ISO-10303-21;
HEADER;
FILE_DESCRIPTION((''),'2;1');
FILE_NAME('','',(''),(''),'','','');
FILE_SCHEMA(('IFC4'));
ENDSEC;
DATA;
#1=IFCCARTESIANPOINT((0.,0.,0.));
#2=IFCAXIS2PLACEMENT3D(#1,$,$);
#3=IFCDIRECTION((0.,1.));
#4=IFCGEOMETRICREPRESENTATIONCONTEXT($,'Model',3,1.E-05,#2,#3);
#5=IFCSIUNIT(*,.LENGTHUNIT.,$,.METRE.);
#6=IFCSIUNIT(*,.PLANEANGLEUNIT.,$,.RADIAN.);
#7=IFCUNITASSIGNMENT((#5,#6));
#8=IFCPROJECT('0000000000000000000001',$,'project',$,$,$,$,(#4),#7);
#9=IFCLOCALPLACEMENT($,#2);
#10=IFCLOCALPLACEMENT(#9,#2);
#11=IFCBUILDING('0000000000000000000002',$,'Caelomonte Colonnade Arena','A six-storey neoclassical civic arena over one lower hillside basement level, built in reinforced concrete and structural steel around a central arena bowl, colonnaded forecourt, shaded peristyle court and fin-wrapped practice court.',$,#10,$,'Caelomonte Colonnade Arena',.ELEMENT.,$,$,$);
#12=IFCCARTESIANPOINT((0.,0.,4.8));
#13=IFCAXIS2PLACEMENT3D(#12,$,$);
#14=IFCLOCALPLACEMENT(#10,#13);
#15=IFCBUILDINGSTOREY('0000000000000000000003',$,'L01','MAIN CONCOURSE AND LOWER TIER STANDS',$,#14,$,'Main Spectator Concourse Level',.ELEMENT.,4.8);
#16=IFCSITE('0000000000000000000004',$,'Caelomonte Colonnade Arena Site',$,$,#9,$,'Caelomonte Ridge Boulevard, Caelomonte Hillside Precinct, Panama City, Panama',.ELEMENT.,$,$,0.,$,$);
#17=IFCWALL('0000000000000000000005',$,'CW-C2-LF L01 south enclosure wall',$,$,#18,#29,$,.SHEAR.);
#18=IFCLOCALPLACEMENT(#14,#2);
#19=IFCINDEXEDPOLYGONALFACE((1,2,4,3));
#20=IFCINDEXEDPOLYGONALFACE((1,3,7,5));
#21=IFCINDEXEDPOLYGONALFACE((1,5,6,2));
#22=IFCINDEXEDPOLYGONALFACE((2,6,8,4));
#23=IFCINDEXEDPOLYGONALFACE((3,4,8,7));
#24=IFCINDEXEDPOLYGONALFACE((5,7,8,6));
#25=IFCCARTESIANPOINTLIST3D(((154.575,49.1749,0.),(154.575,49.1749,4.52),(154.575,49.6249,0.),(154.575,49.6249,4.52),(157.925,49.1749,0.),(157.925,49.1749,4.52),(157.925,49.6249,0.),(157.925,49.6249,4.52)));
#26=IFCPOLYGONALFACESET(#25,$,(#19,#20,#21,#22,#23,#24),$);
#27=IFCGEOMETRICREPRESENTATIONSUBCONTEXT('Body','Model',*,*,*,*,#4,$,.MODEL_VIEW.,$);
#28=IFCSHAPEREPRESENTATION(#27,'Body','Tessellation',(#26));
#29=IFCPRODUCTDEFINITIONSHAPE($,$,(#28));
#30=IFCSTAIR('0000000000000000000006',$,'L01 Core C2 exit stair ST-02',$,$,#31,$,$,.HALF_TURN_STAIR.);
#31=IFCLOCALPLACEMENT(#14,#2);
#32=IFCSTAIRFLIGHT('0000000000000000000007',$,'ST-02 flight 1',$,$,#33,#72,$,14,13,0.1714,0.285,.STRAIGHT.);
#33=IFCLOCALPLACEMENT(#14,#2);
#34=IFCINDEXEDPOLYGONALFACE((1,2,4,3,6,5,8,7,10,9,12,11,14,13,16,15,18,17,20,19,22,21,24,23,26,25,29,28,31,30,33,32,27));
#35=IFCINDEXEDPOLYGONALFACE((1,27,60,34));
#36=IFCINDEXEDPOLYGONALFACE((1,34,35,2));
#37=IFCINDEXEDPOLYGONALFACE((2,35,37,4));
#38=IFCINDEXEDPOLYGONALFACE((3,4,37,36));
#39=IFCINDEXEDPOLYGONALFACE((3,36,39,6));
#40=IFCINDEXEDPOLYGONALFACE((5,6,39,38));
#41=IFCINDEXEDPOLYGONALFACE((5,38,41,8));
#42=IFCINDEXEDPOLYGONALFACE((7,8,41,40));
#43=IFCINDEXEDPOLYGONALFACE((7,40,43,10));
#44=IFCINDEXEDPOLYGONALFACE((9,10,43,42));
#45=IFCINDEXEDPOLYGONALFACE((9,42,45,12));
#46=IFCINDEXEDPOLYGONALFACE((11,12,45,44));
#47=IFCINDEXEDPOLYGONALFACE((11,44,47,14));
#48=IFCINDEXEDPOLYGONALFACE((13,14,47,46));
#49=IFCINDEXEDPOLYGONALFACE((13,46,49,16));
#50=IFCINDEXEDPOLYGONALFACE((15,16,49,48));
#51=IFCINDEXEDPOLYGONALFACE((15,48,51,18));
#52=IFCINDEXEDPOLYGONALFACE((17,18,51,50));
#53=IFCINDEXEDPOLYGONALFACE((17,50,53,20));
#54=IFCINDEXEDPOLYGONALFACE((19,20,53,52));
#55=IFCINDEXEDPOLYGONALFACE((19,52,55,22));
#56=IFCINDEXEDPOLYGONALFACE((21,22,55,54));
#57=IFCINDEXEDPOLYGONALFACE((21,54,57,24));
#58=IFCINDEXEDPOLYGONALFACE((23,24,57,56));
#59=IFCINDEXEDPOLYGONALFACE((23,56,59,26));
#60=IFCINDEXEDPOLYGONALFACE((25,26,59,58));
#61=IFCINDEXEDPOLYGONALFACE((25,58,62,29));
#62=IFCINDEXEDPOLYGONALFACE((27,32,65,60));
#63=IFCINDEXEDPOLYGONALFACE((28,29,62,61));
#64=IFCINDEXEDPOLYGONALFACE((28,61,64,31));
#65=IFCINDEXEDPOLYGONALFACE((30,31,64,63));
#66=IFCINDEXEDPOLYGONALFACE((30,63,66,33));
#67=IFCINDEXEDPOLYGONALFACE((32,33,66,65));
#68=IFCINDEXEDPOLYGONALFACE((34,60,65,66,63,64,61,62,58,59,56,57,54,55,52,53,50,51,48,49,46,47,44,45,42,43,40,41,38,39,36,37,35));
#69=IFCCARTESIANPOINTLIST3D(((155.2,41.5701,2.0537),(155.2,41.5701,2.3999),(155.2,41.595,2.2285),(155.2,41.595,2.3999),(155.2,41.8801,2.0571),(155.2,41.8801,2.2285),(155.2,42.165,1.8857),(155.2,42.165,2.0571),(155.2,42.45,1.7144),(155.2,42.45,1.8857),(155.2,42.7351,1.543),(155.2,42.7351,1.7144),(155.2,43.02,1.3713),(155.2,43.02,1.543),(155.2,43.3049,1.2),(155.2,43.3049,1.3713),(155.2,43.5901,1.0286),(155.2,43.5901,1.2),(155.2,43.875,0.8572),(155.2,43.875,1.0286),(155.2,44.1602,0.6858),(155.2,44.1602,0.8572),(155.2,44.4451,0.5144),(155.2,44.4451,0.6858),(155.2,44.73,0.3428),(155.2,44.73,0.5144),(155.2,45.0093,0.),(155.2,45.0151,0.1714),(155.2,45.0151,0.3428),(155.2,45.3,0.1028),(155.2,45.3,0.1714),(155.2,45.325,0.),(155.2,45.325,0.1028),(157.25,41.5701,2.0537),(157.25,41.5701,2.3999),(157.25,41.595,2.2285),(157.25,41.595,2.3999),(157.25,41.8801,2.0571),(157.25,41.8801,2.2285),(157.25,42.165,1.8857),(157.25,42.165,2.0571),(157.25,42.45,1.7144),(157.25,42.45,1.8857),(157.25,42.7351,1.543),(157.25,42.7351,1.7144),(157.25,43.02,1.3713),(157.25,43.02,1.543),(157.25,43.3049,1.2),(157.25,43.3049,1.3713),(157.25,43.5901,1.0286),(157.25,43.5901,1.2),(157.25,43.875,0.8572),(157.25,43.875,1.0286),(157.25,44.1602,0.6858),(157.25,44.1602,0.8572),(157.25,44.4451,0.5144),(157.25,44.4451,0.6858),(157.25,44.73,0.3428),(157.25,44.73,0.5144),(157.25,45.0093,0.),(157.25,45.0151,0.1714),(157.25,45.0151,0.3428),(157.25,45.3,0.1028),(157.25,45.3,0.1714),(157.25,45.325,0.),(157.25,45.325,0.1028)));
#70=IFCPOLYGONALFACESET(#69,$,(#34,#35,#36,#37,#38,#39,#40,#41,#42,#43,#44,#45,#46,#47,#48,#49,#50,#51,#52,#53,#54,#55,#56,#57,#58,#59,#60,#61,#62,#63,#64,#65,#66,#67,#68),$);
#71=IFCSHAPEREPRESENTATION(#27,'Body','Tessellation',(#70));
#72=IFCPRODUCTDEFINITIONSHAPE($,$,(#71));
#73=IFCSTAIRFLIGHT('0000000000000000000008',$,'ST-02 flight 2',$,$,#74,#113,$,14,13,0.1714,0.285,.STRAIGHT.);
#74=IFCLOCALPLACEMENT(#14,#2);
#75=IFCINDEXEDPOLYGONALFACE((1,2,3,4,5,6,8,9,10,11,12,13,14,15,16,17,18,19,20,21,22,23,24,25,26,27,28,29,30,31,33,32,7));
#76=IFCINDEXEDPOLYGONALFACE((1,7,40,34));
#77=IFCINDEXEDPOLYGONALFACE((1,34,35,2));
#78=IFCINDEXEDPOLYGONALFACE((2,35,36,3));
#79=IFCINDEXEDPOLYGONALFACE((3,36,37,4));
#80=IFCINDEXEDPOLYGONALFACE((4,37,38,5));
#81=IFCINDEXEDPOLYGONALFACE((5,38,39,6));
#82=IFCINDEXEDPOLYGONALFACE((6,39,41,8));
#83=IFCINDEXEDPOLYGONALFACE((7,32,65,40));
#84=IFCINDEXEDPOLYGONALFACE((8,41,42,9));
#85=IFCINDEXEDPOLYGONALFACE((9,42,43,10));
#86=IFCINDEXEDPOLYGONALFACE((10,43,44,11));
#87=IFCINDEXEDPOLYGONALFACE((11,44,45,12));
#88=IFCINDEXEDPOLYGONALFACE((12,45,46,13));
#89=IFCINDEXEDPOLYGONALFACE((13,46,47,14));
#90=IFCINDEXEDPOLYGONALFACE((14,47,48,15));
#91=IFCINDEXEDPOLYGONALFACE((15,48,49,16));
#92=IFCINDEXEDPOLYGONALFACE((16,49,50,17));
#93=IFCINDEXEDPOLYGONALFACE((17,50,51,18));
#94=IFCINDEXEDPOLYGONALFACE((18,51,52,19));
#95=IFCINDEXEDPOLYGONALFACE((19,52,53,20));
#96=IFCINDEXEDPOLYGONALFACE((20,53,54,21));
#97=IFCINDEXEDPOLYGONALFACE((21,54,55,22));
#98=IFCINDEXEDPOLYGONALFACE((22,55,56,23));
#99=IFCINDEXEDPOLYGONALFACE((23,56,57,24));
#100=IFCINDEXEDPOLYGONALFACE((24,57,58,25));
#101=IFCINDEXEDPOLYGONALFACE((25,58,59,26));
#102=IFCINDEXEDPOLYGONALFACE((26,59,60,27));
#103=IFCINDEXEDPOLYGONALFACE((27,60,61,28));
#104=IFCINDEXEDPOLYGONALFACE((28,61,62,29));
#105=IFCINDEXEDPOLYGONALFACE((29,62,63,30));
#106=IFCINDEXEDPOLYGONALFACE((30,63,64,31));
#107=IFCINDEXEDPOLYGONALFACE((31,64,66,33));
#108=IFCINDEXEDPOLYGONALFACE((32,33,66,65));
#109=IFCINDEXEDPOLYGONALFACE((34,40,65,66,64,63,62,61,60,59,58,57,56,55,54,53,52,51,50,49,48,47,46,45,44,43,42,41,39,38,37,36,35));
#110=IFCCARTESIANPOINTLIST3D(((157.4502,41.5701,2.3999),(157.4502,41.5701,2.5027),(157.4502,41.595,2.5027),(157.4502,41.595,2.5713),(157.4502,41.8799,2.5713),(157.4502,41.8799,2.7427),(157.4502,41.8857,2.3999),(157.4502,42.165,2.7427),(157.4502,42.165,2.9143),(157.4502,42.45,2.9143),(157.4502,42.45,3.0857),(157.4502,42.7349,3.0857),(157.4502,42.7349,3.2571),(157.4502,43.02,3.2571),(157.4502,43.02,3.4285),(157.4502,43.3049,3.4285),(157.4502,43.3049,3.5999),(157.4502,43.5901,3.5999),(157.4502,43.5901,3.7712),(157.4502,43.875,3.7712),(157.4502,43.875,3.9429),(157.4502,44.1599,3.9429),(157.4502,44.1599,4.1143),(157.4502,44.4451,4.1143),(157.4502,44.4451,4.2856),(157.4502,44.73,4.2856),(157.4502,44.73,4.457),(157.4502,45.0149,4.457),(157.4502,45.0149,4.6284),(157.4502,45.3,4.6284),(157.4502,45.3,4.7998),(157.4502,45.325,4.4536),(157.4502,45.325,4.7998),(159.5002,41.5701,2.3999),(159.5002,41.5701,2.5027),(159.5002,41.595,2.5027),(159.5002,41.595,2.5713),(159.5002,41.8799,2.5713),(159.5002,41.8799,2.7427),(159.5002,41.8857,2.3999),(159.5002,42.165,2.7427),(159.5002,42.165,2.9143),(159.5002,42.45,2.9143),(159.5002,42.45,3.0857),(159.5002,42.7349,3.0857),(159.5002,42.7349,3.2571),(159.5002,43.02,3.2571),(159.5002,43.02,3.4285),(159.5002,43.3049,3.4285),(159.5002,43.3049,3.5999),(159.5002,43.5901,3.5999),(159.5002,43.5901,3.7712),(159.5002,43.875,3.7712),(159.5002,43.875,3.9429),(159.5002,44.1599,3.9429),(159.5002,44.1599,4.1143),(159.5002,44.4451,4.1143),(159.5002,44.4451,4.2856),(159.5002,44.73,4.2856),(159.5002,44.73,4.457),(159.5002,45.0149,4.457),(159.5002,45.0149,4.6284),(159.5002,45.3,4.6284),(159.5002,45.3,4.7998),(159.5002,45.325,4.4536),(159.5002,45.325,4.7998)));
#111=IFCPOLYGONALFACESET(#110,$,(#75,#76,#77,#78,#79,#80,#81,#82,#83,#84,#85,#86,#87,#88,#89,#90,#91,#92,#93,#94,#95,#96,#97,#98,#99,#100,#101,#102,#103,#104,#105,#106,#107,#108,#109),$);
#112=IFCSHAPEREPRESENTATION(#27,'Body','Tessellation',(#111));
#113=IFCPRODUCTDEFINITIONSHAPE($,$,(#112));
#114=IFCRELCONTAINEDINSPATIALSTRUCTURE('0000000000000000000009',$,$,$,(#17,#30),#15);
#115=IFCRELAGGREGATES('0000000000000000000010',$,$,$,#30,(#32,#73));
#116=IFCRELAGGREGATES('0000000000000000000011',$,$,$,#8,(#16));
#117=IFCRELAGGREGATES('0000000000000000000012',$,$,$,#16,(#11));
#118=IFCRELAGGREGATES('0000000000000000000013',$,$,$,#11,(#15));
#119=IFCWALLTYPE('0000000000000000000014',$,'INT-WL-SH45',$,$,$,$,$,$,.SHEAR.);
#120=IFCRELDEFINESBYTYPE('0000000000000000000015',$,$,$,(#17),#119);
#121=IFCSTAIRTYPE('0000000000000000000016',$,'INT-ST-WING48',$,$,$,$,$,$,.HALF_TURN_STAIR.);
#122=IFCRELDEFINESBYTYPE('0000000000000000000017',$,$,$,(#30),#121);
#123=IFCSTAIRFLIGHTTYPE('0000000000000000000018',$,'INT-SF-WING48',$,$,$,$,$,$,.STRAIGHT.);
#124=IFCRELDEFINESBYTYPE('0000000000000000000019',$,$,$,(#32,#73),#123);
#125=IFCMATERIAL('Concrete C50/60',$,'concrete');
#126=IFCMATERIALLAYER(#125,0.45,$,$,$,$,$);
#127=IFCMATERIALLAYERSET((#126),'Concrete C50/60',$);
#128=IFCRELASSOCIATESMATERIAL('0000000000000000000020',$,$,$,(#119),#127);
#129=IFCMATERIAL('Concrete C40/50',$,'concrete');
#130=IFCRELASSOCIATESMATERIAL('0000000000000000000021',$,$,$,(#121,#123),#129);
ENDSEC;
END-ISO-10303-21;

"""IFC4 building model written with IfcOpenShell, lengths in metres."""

from ifc_helpers import new_model, si_unit, direction, frame, frame_2d, origin, place, context, subcontext, project, spatial, polyline, rectangle, outline, extrude, material, layer, layer_set, type_object, element, aggregate, save


model = new_model("IFC4")

# Units and contexts
model_context = context("Model", 3, precision=1e-05, world=origin(), true_north=direction((0.0, 1.0)))
body_context = subcontext(model_context, "Body", "Model", "MODEL_VIEW")
ifc_project = project(units=[si_unit("LENGTHUNIT", "METRE"), si_unit("PLANEANGLEUNIT", "RADIAN")], contexts=[model_context])

# Site, building, storey
site_placement = place(None, origin())
site = spatial("IfcSite", under=ifc_project, at=site_placement, Name="Caelomonte Colonnade Arena Site", LongName="Caelomonte Ridge Boulevard, Caelomonte Hillside Precinct, Panama City, Panama", CompositionType="ELEMENT", RefElevation=0.0)
building_placement = place(site_placement, origin())
building = spatial("IfcBuilding", under=site, at=building_placement, Name="Caelomonte Colonnade Arena", Description="A six-storey neoclassical civic arena over one lower hillside basement level, built in reinforced concrete and structural steel around a central arena bowl, colonnaded forecourt, shaded peristyle court and fin-wrapped practice court.", LongName="Caelomonte Colonnade Arena", CompositionType="ELEMENT")
storey_placement = place(building_placement, frame((0.0, 0.0, 4.8)))
storey = spatial("IfcBuildingStorey", under=building, at=storey_placement, Name="L01", Description="MAIN CONCOURSE AND LOWER TIER STANDS", LongName="Main Spectator Concourse Level", CompositionType="ELEMENT", Elevation=4.8)

# Shared definitions
ifc_material_1 = material(Name="Concrete C50/60", Category="concrete")

# Shared definitions
ifc_material_2 = material(Name="Concrete C40/50", Category="concrete")

# Shared definitions
ifc_layer_1 = layer(ifc_material_1, 0.45)
ifc_layer_set_1 = layer_set([ifc_layer_1], Name="Concrete C50/60")
wall_type_1 = type_object("IfcWallType", Name="INT-WL-SH45", PredefinedType="SHEAR", material=ifc_layer_set_1)

# Wall
wall_1_placement = place(storey_placement, frame((154.575, 49.3999, 0.0), z_axis=(0.0, 0.0, 1.0), x_axis=(1.0, 0.0, 0.0)))
element("IfcWall", 1, at=wall_1_placement, inside=storey, type_object=wall_type_1, Name="CW-C2-LF L01 south enclosure wall", PredefinedType="SHEAR", context=body_context, shape_type="SweptSolid", body=[
    extrude(rectangle(XDim=3.3501, YDim=0.45, at=frame_2d((1.675, 0.0))), origin(), (0.0, 0.0, 1.0), 4.52),
])

# Stair, stair flights
stair_type = type_object("IfcStairType", Name="INT-ST-WING48", PredefinedType="HALF_TURN_STAIR", material=ifc_material_2)
stair_placement = place(storey_placement, origin())
stair = element("IfcStair", 2, at=stair_placement, inside=storey, type_object=stair_type, Name="L01 Core C2 exit stair ST-02", PredefinedType="HALF_TURN_STAIR")
stair_flight_type = type_object("IfcStairFlightType", Name="INT-SF-WING48", PredefinedType="STRAIGHT", material=ifc_material_2)
stair_flight_1_placement = place(storey_placement, frame((156.2251, 45.3, 0.0), z_axis=(0.0, 0.0, 1.0), x_axis=(0.0, -1.0, 0.0)))
stair_flight_1 = element("IfcStairFlight", 3, at=stair_flight_1_placement, type_object=stair_flight_type, Name="ST-02 flight 1", NumberOfRisers=14, NumberOfTreads=13, PredefinedType="STRAIGHT", RiserHeight=0.1714, TreadLength=0.285, context=body_context, shape_type="SweptSolid", body=[
    extrude(outline(polyline([(-0.0249, 0.0), (-0.0249, 0.1028), (0.0, 0.1028), (0.0, 0.1714), (0.2849, 0.1714), (0.2849, 0.3428), (0.5701, 0.3428), (0.5701, 0.5144), (0.855, 0.5144), (0.855, 0.6858), (1.1399, 0.6858), (1.1399, 0.8572), (1.425, 0.8572), (1.425, 1.0286), (1.71, 1.0286), (1.71, 1.2), (1.9951, 1.2), (1.9951, 1.3713), (2.28, 1.3713), (2.28, 1.543), (2.5649, 1.543), (2.5649, 1.7144), (2.8501, 1.7144), (2.8501, 1.8857), (3.135, 1.8857), (3.135, 2.0571), (3.4199, 2.0571), (3.4199, 2.2285), (3.7051, 2.2285), (3.7051, 2.3999), (3.73, 2.3999), (3.73, 2.0537), (0.2908, 0.0), (-0.0249, 0.0)])), frame((0.0, 1.0249, 0.0), z_axis=(0.0, -1.0, 0.0), x_axis=(1.0, 0.0, 0.0)), (0.0, 0.0, 1.0), 2.05),
])
stair_flight_2_placement = place(storey_placement, frame((158.4751, 41.595, 2.3999), z_axis=(0.0, 0.0, 1.0), x_axis=(0.0, 1.0, 0.0)))
stair_flight_2 = element("IfcStairFlight", 4, at=stair_flight_2_placement, type_object=stair_flight_type, Name="ST-02 flight 2", NumberOfRisers=14, NumberOfTreads=13, PredefinedType="STRAIGHT", RiserHeight=0.1714, TreadLength=0.285, context=body_context, shape_type="SweptSolid", body=[
    extrude(outline(polyline([(-0.0249, 0.0), (-0.0249, 0.1028), (0.0, 0.1028), (0.0, 0.1714), (0.2849, 0.1714), (0.2849, 0.3428), (0.5701, 0.3428), (0.5701, 0.5144), (0.855, 0.5144), (0.855, 0.6858), (1.1399, 0.6858), (1.1399, 0.8572), (1.425, 0.8572), (1.425, 1.0286), (1.71, 1.0286), (1.71, 1.2), (1.9951, 1.2), (1.9951, 1.3713), (2.28, 1.3713), (2.28, 1.543), (2.5649, 1.543), (2.5649, 1.7144), (2.8501, 1.7144), (2.8501, 1.8857), (3.135, 1.8857), (3.135, 2.0571), (3.4199, 2.0571), (3.4199, 2.2285), (3.7051, 2.2285), (3.7051, 2.3999), (3.73, 2.3999), (3.73, 2.0537), (0.2908, 0.0), (-0.0249, 0.0)])), frame((0.0, 1.0249, 0.0), z_axis=(0.0, -1.0, 0.0), x_axis=(1.0, 0.0, 0.0)), (0.0, 0.0, 1.0), 2.05),
])
aggregate(stair, [stair_flight_1, stair_flight_2])

save(model, "model.ifc")
